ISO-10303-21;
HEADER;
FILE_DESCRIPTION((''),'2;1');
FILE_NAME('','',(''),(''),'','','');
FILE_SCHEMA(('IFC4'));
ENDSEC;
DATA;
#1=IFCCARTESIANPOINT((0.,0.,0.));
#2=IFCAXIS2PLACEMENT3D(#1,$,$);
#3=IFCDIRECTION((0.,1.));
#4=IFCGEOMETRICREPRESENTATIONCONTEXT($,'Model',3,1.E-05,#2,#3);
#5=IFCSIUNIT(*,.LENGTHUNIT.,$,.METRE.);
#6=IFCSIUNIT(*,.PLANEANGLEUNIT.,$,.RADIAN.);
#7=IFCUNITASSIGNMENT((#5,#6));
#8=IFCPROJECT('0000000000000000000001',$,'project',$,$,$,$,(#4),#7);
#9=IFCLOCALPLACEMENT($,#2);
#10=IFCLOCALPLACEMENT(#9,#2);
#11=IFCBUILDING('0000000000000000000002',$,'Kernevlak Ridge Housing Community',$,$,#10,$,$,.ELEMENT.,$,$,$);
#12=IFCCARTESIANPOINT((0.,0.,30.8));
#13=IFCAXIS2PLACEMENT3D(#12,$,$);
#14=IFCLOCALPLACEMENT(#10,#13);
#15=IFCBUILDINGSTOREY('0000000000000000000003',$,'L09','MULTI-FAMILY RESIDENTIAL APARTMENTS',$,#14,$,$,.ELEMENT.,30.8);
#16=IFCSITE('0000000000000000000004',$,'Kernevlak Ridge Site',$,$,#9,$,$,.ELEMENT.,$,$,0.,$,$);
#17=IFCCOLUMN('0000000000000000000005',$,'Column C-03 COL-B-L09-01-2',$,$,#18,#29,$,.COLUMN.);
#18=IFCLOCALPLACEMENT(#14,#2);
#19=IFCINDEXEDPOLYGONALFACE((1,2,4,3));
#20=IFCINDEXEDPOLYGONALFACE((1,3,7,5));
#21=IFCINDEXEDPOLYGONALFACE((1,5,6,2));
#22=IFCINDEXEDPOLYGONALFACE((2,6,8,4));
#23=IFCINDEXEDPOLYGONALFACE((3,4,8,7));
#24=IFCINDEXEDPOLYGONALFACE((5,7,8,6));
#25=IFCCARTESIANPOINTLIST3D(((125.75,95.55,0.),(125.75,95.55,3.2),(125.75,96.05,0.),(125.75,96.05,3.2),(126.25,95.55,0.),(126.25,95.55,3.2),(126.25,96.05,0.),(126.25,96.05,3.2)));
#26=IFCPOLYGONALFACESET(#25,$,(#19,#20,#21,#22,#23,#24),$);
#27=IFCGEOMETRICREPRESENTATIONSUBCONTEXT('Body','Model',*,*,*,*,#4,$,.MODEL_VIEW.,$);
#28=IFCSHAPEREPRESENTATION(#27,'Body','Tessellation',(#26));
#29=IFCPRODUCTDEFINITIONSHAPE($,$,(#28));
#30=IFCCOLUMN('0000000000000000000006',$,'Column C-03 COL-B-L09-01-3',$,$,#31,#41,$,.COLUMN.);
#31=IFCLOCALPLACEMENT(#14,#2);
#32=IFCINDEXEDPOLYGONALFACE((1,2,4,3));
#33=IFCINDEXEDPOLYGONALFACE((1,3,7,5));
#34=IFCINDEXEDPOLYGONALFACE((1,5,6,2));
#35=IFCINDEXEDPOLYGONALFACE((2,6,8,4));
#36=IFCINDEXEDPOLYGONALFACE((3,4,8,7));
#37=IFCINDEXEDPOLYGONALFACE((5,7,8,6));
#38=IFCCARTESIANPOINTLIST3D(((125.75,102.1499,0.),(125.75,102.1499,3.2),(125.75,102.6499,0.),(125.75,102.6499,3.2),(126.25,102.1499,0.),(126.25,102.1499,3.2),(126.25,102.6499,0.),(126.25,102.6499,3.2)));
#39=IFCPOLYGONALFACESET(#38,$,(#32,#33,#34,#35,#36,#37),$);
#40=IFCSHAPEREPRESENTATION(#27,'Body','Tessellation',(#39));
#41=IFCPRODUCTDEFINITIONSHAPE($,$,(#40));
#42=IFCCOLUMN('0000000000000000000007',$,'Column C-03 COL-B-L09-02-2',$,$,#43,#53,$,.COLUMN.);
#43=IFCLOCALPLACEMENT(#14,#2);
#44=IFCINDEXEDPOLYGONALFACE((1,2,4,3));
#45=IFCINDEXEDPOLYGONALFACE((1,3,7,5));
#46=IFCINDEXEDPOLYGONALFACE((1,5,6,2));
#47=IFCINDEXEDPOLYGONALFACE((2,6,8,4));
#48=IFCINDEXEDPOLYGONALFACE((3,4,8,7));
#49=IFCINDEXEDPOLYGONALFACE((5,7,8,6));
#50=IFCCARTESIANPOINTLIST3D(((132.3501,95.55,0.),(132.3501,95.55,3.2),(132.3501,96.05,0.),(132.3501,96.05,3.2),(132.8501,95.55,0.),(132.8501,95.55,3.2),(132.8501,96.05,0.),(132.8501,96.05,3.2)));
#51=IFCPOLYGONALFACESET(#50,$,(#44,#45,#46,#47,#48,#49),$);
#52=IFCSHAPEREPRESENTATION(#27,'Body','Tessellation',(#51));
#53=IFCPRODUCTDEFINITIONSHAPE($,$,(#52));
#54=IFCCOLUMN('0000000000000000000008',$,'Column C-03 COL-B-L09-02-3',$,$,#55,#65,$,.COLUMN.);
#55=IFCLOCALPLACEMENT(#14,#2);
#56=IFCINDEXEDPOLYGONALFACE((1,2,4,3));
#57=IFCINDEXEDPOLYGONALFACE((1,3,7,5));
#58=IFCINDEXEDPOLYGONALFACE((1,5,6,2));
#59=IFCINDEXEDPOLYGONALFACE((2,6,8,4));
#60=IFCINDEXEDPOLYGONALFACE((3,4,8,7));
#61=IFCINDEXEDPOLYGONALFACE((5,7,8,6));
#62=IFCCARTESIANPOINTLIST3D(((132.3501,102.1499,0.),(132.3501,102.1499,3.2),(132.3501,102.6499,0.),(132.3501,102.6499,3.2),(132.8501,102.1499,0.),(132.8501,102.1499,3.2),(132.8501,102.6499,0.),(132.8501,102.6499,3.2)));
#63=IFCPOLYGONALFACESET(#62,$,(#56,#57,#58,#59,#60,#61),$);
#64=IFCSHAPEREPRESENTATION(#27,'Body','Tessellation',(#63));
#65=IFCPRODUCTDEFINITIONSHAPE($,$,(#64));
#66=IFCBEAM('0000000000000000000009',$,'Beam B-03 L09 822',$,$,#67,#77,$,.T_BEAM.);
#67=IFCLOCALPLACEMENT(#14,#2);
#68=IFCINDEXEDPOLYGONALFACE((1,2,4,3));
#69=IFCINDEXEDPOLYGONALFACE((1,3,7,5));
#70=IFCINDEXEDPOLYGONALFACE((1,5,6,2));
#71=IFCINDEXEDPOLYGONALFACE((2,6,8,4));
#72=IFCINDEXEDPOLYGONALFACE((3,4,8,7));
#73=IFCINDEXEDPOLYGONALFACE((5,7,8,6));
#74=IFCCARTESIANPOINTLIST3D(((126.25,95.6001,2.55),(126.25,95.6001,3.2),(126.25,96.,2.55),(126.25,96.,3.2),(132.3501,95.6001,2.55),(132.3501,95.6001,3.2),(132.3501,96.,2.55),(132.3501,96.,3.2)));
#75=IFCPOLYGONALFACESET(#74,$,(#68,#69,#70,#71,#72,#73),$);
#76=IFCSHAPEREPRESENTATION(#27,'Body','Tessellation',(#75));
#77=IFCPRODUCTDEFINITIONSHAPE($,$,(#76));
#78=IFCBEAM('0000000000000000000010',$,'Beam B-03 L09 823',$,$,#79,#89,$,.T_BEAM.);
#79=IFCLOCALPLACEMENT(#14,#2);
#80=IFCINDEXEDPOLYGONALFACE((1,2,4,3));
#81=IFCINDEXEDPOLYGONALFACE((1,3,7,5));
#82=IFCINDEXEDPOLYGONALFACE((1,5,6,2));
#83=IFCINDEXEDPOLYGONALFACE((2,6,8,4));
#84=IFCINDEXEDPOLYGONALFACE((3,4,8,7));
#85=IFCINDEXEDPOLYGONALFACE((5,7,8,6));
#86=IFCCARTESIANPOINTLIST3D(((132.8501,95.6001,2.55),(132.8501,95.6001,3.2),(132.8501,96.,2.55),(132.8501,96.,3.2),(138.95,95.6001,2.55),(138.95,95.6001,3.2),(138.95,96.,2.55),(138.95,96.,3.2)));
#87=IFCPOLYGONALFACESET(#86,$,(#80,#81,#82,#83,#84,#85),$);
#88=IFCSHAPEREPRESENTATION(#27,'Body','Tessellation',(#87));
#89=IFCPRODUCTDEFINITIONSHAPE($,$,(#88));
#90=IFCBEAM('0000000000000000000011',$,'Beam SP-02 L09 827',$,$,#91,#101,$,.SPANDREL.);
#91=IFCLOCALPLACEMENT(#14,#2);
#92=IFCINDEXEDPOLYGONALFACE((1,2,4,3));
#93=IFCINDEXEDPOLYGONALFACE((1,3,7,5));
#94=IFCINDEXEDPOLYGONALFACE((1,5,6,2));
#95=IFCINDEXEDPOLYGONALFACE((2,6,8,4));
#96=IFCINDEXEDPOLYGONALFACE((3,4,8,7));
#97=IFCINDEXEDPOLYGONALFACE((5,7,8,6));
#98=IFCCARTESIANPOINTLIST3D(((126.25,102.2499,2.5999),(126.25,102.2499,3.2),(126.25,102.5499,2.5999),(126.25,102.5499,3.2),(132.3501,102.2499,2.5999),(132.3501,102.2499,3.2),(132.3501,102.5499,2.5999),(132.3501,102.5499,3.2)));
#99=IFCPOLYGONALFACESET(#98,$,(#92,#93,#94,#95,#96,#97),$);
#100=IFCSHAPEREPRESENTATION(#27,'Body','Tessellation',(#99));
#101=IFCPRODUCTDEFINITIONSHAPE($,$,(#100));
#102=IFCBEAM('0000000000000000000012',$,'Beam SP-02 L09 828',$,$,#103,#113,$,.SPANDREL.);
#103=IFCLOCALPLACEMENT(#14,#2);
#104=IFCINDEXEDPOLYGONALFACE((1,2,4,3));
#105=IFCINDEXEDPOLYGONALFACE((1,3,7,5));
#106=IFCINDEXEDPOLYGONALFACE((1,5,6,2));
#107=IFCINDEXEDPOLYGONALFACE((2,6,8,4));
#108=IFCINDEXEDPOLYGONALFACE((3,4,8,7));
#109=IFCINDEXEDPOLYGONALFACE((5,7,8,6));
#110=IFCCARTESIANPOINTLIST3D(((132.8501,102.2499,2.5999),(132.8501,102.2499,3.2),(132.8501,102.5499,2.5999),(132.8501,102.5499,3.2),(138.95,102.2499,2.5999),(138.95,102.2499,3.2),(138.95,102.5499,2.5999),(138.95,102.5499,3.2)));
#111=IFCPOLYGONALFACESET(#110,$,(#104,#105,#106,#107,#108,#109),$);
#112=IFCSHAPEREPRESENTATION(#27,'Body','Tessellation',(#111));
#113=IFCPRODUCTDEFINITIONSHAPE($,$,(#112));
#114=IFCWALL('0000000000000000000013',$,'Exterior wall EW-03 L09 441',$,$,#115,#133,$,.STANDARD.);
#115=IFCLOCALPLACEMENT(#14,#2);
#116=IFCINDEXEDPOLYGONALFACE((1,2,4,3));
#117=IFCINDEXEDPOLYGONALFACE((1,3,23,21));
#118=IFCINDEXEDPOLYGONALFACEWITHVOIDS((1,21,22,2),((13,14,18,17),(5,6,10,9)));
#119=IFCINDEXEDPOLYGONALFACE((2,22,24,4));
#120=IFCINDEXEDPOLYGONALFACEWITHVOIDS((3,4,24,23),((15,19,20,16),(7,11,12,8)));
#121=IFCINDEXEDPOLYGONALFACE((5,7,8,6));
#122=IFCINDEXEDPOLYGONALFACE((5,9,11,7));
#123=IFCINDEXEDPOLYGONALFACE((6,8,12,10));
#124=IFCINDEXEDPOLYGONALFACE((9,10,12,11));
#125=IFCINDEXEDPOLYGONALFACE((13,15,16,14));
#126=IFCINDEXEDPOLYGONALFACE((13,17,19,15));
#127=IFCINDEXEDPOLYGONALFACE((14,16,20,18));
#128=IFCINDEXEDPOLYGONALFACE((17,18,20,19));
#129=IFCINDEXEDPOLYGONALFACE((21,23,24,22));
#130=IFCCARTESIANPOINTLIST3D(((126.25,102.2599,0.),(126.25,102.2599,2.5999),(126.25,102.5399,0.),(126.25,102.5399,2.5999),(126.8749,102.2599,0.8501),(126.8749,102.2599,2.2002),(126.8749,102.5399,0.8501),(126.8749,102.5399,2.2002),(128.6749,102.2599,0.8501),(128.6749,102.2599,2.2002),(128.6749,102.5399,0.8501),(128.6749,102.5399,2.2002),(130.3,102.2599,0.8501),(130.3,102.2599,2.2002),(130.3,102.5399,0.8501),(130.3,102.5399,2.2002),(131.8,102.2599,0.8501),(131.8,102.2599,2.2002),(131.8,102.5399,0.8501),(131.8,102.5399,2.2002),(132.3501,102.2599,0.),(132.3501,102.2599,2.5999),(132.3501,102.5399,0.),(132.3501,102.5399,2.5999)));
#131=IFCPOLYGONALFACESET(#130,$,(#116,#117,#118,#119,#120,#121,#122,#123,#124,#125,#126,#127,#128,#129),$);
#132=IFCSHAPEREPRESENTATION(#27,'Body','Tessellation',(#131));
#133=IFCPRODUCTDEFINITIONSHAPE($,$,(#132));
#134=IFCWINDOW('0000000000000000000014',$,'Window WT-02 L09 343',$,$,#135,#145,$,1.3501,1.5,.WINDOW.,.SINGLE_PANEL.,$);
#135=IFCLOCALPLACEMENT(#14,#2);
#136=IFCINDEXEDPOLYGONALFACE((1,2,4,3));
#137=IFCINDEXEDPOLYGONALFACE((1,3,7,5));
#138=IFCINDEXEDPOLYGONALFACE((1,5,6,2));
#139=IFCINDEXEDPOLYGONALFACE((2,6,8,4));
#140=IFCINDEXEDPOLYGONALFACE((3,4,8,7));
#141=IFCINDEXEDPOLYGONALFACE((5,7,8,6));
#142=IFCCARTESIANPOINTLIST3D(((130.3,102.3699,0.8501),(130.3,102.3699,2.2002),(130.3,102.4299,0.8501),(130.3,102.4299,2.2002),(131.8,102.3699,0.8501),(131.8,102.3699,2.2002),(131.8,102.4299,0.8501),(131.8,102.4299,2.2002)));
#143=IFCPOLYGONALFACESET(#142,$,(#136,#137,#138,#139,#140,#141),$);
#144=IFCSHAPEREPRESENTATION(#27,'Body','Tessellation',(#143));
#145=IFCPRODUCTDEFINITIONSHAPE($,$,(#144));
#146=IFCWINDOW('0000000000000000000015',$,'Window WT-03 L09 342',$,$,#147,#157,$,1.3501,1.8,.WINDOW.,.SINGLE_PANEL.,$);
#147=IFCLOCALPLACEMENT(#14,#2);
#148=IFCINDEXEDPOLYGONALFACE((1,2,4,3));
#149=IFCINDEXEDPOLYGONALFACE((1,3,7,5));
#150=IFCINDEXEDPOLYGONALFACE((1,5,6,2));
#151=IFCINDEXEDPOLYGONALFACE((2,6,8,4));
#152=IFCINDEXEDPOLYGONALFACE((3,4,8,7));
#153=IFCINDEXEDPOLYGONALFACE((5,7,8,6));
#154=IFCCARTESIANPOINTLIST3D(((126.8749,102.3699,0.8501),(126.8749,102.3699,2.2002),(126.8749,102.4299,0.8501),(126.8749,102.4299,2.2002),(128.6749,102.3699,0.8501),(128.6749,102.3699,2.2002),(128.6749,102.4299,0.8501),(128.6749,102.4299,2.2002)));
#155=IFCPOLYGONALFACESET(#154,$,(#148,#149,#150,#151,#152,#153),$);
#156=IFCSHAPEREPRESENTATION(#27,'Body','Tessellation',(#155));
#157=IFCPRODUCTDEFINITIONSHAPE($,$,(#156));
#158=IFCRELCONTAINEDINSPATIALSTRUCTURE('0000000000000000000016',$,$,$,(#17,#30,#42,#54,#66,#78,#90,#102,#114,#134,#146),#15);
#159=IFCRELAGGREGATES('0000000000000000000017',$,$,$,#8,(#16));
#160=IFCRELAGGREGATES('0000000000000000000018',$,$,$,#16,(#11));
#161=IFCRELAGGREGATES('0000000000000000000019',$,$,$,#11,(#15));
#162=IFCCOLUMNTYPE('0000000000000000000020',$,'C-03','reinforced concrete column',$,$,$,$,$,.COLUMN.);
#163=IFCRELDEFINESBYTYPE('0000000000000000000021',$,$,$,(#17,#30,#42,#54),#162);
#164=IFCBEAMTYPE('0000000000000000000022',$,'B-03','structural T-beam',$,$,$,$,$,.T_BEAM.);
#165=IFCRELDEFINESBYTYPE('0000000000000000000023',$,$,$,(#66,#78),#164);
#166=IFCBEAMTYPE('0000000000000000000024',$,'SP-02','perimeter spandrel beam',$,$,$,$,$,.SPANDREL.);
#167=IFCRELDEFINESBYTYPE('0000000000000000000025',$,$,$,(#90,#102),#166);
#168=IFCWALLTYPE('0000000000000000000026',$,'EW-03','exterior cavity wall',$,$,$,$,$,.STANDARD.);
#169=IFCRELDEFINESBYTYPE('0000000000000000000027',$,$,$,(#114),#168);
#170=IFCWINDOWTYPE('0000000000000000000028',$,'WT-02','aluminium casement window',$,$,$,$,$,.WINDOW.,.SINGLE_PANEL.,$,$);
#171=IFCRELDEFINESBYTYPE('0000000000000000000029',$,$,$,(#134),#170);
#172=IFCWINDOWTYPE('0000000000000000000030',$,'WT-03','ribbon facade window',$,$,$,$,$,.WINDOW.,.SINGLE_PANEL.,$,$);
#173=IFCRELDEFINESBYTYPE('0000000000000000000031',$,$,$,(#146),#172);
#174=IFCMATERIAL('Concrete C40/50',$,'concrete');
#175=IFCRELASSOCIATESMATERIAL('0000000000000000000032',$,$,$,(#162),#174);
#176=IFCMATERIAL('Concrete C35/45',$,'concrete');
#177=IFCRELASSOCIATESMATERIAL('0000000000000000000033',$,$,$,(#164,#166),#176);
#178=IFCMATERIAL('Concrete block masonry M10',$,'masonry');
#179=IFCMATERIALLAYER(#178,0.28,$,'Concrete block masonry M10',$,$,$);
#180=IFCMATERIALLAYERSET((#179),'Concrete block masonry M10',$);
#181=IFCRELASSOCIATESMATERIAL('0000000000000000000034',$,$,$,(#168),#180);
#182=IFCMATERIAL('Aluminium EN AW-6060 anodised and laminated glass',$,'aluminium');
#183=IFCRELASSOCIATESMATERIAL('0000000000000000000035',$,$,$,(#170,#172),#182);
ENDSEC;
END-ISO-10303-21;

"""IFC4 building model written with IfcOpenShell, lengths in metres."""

from ifc_helpers import new_model, si_unit, direction, frame, frame_2d, origin, origin_2d, place, context, subcontext, project, spatial, rectangle, extrude, material, layer, layer_set, material_profile, profile_set, type_object, element, fill, save


model = new_model("IFC4")

# Units and contexts
model_context = context("Model", 3, precision=1e-05, world=origin(), true_north=direction((0.0, 1.0)))
body_context = subcontext(model_context, "Body", "Model", "MODEL_VIEW")
ifc_project = project(units=[si_unit("LENGTHUNIT", "METRE"), si_unit("PLANEANGLEUNIT", "RADIAN")], contexts=[model_context])

# Site, building, storey
site_placement = place(None, origin())
site = spatial("IfcSite", under=ifc_project, at=site_placement, Name="Kernevlak Ridge Site", CompositionType="ELEMENT", RefElevation=0.0)
building_placement = place(site_placement, origin())
building = spatial("IfcBuilding", under=site, at=building_placement, Name="Kernevlak Ridge Housing Community", CompositionType="ELEMENT")
storey_placement = place(building_placement, frame((0.0, 0.0, 30.8)))
storey = spatial("IfcBuildingStorey", under=building, at=storey_placement, Name="L09", Description="MULTI-FAMILY RESIDENTIAL APARTMENTS", CompositionType="ELEMENT", Elevation=30.8)

# Columns
ifc_material_1 = material(Name="Concrete C40/50", Category="concrete")
ifc_material_profile_1 = material_profile(ifc_material_1, rectangle(XDim=0.5, YDim=0.5, at=origin_2d()), Name="RC 500x500")
ifc_profile_set_1 = profile_set([ifc_material_profile_1], Name="Concrete C40/50")
column_type = type_object("IfcColumnType", Name="C-03", Description="reinforced concrete column", PredefinedType="COLUMN", material=ifc_profile_set_1)
for number, where, z_axis, x_axis, name in (
    (1, (126.0, 95.8, 0.0), (0.0, 0.0, 1.0), (1.0, 0.0, 0.0), "Column C-03 COL-B-L09-01-2"),
    (2, (126.0, 102.3999, 0.0), (0.0, 0.0, 1.0), (1.0, 0.0, 0.0), "Column C-03 COL-B-L09-01-3"),
    (3, (132.6001, 95.8, 0.0), (0.0, 0.0, 1.0), (1.0, 0.0, 0.0), "Column C-03 COL-B-L09-02-2"),
    (4, (132.6001, 102.3999, 0.0), (0.0, 0.0, 1.0), (1.0, 0.0, 0.0), "Column C-03 COL-B-L09-02-3"),
):
    element("IfcColumn", number, at=place(storey_placement, frame(where, z_axis=z_axis, x_axis=x_axis)), inside=storey, type_object=column_type, Name=name, PredefinedType="COLUMN", context=body_context, shape_type="SweptSolid", body=[
        extrude(rectangle(XDim=0.5, YDim=0.5, at=origin_2d()), origin(), (0.0, 0.0, 1.0), 3.2),
    ])

# Beams
ifc_material_2 = material(Name="Concrete C35/45", Category="concrete")
ifc_material_profile_2 = material_profile(ifc_material_2, rectangle(XDim=0.3999, YDim=0.6499, at=origin_2d()), Name="RC 400x650")
ifc_profile_set_2 = profile_set([ifc_material_profile_2], Name="Concrete C35/45")
beam_type_1 = type_object("IfcBeamType", Name="B-03", Description="structural T-beam", PredefinedType="T_BEAM", material=ifc_profile_set_2)
beam_1_placement = place(storey_placement, frame((126.25, 95.8, 2.875), z_axis=(1.0, 0.0, 0.0), x_axis=(0.0, 1.0, 0.0)))
element("IfcBeam", 5, at=beam_1_placement, inside=storey, type_object=beam_type_1, Name="Beam B-03 L09 822", PredefinedType="T_BEAM", context=body_context, shape_type="SweptSolid", body=[
    extrude(rectangle(XDim=0.3999, YDim=0.6499, at=origin_2d()), origin(), (0.0, 0.0, 1.0), 6.1001),
])
beam_2_placement = place(storey_placement, frame((132.8501, 95.8, 2.875), z_axis=(1.0, 0.0, 0.0), x_axis=(0.0, 1.0, 0.0)))
element("IfcBeam", 6, at=beam_2_placement, inside=storey, type_object=beam_type_1, Name="Beam B-03 L09 823", PredefinedType="T_BEAM", context=body_context, shape_type="SweptSolid", body=[
    extrude(rectangle(XDim=0.3999, YDim=0.6499, at=origin_2d()), origin(), (0.0, 0.0, 1.0), 6.0999),
])
ifc_material_profile_3 = material_profile(ifc_material_2, rectangle(XDim=0.3, YDim=0.6001, at=origin_2d()), Name="RC 300x600")
ifc_profile_set_3 = profile_set([ifc_material_profile_3], Name="Concrete C35/45")
beam_type_2 = type_object("IfcBeamType", Name="SP-02", Description="perimeter spandrel beam", PredefinedType="SPANDREL", material=ifc_profile_set_3)
beam_3_placement = place(storey_placement, frame((126.25, 102.3999, 2.8999), z_axis=(1.0, 0.0, 0.0), x_axis=(0.0, 1.0, 0.0)))
element("IfcBeam", 7, at=beam_3_placement, inside=storey, type_object=beam_type_2, Name="Beam SP-02 L09 827", PredefinedType="SPANDREL", context=body_context, shape_type="SweptSolid", body=[
    extrude(rectangle(XDim=0.3, YDim=0.6001, at=origin_2d()), origin(), (0.0, 0.0, 1.0), 6.1001),
])
beam_4_placement = place(storey_placement, frame((132.8501, 102.3999, 2.8999), z_axis=(1.0, 0.0, 0.0), x_axis=(0.0, 1.0, 0.0)))
element("IfcBeam", 8, at=beam_4_placement, inside=storey, type_object=beam_type_2, Name="Beam SP-02 L09 828", PredefinedType="SPANDREL", context=body_context, shape_type="SweptSolid", body=[
    extrude(rectangle(XDim=0.3, YDim=0.6001, at=origin_2d()), origin(), (0.0, 0.0, 1.0), 6.0999),
])

# Wall, openings, windows
ifc_material_3 = material(Name="Concrete block masonry M10", Category="masonry")
ifc_layer_1 = layer(ifc_material_3, 0.28, Name="Concrete block masonry M10")
ifc_layer_set_1 = layer_set([ifc_layer_1], Name="Concrete block masonry M10")
wall_type_1 = type_object("IfcWallType", Name="EW-03", Description="exterior cavity wall", PredefinedType="STANDARD", material=ifc_layer_set_1)
wall_1_placement = place(storey_placement, frame((126.25, 102.3999, 0.0), z_axis=(0.0, 0.0, 1.0), x_axis=(1.0, 0.0, 0.0)))
wall_1 = element("IfcWall", 9, at=wall_1_placement, inside=storey, type_object=wall_type_1, Name="Exterior wall EW-03 L09 441", PredefinedType="STANDARD", context=body_context, shape_type="SweptSolid", body=[
    extrude(rectangle(XDim=6.1001, YDim=0.28, at=frame_2d((3.05, 0.0))), origin(), (0.0, 0.0, 1.0), 2.5999),
])
opening_1_placement = place(wall_1_placement, frame((0.625, 0.0, 0.8501)))
opening_1 = element("IfcOpeningElement", 10, at=opening_1_placement, cuts=wall_1, PredefinedType="OPENING", context=body_context, shape_type="SweptSolid", body=[
    extrude(rectangle(XDim=1.8, YDim=1.3501, at=frame_2d((0.8999, 0.675))), frame((0.0, 0.1499, 0.0), z_axis=(0.0, -1.0, 0.0), x_axis=(1.0, 0.0, 0.0)), (0.0, 0.0, 1.0), 0.3),
])
opening_2_placement = place(wall_1_placement, frame((4.05, 0.0, 0.8501)))
opening_2 = element("IfcOpeningElement", 11, at=opening_2_placement, cuts=wall_1, PredefinedType="OPENING", context=body_context, shape_type="SweptSolid", body=[
    extrude(rectangle(XDim=1.5, YDim=1.3501, at=frame_2d((0.75, 0.675))), frame((0.0, 0.1499, 0.0), z_axis=(0.0, -1.0, 0.0), x_axis=(1.0, 0.0, 0.0)), (0.0, 0.0, 1.0), 0.3),
])
ifc_material_4 = material(Name="Aluminium EN AW-6060 anodised and laminated glass", Category="aluminium")
window_type_1 = type_object("IfcWindowType", Name="WT-02", Description="aluminium casement window", PartitioningType="SINGLE_PANEL", PredefinedType="WINDOW", material=ifc_material_4)
window_1_placement = place(opening_2_placement, origin())
window_1 = element("IfcWindow", 12, at=window_1_placement, inside=storey, type_object=window_type_1, Name="Window WT-02 L09 343", OverallHeight=1.3501, OverallWidth=1.5, PartitioningType="SINGLE_PANEL", PredefinedType="WINDOW", context=body_context, shape_type="SweptSolid", body=[
    extrude(rectangle(XDim=1.5, YDim=1.3501, at=frame_2d((0.75, 0.675))), frame((0.0, 0.03, 0.0), z_axis=(0.0, -1.0, 0.0), x_axis=(1.0, 0.0, 0.0)), (0.0, 0.0, 1.0), 0.0601),
])
fill(opening_2, window_1)
window_type_2 = type_object("IfcWindowType", Name="WT-03", Description="ribbon facade window", PartitioningType="SINGLE_PANEL", PredefinedType="WINDOW", material=ifc_material_4)
window_2_placement = place(opening_1_placement, origin())
window_2 = element("IfcWindow", 13, at=window_2_placement, inside=storey, type_object=window_type_2, Name="Window WT-03 L09 342", OverallHeight=1.3501, OverallWidth=1.8, PartitioningType="SINGLE_PANEL", PredefinedType="WINDOW", context=body_context, shape_type="SweptSolid", body=[
    extrude(rectangle(XDim=1.8, YDim=1.3501, at=frame_2d((0.8999, 0.675))), frame((0.0, 0.03, 0.0), z_axis=(0.0, -1.0, 0.0), x_axis=(1.0, 0.0, 0.0)), (0.0, 0.0, 1.0), 0.0601),
])
fill(opening_1, window_2)

save(model, "model.ifc")
